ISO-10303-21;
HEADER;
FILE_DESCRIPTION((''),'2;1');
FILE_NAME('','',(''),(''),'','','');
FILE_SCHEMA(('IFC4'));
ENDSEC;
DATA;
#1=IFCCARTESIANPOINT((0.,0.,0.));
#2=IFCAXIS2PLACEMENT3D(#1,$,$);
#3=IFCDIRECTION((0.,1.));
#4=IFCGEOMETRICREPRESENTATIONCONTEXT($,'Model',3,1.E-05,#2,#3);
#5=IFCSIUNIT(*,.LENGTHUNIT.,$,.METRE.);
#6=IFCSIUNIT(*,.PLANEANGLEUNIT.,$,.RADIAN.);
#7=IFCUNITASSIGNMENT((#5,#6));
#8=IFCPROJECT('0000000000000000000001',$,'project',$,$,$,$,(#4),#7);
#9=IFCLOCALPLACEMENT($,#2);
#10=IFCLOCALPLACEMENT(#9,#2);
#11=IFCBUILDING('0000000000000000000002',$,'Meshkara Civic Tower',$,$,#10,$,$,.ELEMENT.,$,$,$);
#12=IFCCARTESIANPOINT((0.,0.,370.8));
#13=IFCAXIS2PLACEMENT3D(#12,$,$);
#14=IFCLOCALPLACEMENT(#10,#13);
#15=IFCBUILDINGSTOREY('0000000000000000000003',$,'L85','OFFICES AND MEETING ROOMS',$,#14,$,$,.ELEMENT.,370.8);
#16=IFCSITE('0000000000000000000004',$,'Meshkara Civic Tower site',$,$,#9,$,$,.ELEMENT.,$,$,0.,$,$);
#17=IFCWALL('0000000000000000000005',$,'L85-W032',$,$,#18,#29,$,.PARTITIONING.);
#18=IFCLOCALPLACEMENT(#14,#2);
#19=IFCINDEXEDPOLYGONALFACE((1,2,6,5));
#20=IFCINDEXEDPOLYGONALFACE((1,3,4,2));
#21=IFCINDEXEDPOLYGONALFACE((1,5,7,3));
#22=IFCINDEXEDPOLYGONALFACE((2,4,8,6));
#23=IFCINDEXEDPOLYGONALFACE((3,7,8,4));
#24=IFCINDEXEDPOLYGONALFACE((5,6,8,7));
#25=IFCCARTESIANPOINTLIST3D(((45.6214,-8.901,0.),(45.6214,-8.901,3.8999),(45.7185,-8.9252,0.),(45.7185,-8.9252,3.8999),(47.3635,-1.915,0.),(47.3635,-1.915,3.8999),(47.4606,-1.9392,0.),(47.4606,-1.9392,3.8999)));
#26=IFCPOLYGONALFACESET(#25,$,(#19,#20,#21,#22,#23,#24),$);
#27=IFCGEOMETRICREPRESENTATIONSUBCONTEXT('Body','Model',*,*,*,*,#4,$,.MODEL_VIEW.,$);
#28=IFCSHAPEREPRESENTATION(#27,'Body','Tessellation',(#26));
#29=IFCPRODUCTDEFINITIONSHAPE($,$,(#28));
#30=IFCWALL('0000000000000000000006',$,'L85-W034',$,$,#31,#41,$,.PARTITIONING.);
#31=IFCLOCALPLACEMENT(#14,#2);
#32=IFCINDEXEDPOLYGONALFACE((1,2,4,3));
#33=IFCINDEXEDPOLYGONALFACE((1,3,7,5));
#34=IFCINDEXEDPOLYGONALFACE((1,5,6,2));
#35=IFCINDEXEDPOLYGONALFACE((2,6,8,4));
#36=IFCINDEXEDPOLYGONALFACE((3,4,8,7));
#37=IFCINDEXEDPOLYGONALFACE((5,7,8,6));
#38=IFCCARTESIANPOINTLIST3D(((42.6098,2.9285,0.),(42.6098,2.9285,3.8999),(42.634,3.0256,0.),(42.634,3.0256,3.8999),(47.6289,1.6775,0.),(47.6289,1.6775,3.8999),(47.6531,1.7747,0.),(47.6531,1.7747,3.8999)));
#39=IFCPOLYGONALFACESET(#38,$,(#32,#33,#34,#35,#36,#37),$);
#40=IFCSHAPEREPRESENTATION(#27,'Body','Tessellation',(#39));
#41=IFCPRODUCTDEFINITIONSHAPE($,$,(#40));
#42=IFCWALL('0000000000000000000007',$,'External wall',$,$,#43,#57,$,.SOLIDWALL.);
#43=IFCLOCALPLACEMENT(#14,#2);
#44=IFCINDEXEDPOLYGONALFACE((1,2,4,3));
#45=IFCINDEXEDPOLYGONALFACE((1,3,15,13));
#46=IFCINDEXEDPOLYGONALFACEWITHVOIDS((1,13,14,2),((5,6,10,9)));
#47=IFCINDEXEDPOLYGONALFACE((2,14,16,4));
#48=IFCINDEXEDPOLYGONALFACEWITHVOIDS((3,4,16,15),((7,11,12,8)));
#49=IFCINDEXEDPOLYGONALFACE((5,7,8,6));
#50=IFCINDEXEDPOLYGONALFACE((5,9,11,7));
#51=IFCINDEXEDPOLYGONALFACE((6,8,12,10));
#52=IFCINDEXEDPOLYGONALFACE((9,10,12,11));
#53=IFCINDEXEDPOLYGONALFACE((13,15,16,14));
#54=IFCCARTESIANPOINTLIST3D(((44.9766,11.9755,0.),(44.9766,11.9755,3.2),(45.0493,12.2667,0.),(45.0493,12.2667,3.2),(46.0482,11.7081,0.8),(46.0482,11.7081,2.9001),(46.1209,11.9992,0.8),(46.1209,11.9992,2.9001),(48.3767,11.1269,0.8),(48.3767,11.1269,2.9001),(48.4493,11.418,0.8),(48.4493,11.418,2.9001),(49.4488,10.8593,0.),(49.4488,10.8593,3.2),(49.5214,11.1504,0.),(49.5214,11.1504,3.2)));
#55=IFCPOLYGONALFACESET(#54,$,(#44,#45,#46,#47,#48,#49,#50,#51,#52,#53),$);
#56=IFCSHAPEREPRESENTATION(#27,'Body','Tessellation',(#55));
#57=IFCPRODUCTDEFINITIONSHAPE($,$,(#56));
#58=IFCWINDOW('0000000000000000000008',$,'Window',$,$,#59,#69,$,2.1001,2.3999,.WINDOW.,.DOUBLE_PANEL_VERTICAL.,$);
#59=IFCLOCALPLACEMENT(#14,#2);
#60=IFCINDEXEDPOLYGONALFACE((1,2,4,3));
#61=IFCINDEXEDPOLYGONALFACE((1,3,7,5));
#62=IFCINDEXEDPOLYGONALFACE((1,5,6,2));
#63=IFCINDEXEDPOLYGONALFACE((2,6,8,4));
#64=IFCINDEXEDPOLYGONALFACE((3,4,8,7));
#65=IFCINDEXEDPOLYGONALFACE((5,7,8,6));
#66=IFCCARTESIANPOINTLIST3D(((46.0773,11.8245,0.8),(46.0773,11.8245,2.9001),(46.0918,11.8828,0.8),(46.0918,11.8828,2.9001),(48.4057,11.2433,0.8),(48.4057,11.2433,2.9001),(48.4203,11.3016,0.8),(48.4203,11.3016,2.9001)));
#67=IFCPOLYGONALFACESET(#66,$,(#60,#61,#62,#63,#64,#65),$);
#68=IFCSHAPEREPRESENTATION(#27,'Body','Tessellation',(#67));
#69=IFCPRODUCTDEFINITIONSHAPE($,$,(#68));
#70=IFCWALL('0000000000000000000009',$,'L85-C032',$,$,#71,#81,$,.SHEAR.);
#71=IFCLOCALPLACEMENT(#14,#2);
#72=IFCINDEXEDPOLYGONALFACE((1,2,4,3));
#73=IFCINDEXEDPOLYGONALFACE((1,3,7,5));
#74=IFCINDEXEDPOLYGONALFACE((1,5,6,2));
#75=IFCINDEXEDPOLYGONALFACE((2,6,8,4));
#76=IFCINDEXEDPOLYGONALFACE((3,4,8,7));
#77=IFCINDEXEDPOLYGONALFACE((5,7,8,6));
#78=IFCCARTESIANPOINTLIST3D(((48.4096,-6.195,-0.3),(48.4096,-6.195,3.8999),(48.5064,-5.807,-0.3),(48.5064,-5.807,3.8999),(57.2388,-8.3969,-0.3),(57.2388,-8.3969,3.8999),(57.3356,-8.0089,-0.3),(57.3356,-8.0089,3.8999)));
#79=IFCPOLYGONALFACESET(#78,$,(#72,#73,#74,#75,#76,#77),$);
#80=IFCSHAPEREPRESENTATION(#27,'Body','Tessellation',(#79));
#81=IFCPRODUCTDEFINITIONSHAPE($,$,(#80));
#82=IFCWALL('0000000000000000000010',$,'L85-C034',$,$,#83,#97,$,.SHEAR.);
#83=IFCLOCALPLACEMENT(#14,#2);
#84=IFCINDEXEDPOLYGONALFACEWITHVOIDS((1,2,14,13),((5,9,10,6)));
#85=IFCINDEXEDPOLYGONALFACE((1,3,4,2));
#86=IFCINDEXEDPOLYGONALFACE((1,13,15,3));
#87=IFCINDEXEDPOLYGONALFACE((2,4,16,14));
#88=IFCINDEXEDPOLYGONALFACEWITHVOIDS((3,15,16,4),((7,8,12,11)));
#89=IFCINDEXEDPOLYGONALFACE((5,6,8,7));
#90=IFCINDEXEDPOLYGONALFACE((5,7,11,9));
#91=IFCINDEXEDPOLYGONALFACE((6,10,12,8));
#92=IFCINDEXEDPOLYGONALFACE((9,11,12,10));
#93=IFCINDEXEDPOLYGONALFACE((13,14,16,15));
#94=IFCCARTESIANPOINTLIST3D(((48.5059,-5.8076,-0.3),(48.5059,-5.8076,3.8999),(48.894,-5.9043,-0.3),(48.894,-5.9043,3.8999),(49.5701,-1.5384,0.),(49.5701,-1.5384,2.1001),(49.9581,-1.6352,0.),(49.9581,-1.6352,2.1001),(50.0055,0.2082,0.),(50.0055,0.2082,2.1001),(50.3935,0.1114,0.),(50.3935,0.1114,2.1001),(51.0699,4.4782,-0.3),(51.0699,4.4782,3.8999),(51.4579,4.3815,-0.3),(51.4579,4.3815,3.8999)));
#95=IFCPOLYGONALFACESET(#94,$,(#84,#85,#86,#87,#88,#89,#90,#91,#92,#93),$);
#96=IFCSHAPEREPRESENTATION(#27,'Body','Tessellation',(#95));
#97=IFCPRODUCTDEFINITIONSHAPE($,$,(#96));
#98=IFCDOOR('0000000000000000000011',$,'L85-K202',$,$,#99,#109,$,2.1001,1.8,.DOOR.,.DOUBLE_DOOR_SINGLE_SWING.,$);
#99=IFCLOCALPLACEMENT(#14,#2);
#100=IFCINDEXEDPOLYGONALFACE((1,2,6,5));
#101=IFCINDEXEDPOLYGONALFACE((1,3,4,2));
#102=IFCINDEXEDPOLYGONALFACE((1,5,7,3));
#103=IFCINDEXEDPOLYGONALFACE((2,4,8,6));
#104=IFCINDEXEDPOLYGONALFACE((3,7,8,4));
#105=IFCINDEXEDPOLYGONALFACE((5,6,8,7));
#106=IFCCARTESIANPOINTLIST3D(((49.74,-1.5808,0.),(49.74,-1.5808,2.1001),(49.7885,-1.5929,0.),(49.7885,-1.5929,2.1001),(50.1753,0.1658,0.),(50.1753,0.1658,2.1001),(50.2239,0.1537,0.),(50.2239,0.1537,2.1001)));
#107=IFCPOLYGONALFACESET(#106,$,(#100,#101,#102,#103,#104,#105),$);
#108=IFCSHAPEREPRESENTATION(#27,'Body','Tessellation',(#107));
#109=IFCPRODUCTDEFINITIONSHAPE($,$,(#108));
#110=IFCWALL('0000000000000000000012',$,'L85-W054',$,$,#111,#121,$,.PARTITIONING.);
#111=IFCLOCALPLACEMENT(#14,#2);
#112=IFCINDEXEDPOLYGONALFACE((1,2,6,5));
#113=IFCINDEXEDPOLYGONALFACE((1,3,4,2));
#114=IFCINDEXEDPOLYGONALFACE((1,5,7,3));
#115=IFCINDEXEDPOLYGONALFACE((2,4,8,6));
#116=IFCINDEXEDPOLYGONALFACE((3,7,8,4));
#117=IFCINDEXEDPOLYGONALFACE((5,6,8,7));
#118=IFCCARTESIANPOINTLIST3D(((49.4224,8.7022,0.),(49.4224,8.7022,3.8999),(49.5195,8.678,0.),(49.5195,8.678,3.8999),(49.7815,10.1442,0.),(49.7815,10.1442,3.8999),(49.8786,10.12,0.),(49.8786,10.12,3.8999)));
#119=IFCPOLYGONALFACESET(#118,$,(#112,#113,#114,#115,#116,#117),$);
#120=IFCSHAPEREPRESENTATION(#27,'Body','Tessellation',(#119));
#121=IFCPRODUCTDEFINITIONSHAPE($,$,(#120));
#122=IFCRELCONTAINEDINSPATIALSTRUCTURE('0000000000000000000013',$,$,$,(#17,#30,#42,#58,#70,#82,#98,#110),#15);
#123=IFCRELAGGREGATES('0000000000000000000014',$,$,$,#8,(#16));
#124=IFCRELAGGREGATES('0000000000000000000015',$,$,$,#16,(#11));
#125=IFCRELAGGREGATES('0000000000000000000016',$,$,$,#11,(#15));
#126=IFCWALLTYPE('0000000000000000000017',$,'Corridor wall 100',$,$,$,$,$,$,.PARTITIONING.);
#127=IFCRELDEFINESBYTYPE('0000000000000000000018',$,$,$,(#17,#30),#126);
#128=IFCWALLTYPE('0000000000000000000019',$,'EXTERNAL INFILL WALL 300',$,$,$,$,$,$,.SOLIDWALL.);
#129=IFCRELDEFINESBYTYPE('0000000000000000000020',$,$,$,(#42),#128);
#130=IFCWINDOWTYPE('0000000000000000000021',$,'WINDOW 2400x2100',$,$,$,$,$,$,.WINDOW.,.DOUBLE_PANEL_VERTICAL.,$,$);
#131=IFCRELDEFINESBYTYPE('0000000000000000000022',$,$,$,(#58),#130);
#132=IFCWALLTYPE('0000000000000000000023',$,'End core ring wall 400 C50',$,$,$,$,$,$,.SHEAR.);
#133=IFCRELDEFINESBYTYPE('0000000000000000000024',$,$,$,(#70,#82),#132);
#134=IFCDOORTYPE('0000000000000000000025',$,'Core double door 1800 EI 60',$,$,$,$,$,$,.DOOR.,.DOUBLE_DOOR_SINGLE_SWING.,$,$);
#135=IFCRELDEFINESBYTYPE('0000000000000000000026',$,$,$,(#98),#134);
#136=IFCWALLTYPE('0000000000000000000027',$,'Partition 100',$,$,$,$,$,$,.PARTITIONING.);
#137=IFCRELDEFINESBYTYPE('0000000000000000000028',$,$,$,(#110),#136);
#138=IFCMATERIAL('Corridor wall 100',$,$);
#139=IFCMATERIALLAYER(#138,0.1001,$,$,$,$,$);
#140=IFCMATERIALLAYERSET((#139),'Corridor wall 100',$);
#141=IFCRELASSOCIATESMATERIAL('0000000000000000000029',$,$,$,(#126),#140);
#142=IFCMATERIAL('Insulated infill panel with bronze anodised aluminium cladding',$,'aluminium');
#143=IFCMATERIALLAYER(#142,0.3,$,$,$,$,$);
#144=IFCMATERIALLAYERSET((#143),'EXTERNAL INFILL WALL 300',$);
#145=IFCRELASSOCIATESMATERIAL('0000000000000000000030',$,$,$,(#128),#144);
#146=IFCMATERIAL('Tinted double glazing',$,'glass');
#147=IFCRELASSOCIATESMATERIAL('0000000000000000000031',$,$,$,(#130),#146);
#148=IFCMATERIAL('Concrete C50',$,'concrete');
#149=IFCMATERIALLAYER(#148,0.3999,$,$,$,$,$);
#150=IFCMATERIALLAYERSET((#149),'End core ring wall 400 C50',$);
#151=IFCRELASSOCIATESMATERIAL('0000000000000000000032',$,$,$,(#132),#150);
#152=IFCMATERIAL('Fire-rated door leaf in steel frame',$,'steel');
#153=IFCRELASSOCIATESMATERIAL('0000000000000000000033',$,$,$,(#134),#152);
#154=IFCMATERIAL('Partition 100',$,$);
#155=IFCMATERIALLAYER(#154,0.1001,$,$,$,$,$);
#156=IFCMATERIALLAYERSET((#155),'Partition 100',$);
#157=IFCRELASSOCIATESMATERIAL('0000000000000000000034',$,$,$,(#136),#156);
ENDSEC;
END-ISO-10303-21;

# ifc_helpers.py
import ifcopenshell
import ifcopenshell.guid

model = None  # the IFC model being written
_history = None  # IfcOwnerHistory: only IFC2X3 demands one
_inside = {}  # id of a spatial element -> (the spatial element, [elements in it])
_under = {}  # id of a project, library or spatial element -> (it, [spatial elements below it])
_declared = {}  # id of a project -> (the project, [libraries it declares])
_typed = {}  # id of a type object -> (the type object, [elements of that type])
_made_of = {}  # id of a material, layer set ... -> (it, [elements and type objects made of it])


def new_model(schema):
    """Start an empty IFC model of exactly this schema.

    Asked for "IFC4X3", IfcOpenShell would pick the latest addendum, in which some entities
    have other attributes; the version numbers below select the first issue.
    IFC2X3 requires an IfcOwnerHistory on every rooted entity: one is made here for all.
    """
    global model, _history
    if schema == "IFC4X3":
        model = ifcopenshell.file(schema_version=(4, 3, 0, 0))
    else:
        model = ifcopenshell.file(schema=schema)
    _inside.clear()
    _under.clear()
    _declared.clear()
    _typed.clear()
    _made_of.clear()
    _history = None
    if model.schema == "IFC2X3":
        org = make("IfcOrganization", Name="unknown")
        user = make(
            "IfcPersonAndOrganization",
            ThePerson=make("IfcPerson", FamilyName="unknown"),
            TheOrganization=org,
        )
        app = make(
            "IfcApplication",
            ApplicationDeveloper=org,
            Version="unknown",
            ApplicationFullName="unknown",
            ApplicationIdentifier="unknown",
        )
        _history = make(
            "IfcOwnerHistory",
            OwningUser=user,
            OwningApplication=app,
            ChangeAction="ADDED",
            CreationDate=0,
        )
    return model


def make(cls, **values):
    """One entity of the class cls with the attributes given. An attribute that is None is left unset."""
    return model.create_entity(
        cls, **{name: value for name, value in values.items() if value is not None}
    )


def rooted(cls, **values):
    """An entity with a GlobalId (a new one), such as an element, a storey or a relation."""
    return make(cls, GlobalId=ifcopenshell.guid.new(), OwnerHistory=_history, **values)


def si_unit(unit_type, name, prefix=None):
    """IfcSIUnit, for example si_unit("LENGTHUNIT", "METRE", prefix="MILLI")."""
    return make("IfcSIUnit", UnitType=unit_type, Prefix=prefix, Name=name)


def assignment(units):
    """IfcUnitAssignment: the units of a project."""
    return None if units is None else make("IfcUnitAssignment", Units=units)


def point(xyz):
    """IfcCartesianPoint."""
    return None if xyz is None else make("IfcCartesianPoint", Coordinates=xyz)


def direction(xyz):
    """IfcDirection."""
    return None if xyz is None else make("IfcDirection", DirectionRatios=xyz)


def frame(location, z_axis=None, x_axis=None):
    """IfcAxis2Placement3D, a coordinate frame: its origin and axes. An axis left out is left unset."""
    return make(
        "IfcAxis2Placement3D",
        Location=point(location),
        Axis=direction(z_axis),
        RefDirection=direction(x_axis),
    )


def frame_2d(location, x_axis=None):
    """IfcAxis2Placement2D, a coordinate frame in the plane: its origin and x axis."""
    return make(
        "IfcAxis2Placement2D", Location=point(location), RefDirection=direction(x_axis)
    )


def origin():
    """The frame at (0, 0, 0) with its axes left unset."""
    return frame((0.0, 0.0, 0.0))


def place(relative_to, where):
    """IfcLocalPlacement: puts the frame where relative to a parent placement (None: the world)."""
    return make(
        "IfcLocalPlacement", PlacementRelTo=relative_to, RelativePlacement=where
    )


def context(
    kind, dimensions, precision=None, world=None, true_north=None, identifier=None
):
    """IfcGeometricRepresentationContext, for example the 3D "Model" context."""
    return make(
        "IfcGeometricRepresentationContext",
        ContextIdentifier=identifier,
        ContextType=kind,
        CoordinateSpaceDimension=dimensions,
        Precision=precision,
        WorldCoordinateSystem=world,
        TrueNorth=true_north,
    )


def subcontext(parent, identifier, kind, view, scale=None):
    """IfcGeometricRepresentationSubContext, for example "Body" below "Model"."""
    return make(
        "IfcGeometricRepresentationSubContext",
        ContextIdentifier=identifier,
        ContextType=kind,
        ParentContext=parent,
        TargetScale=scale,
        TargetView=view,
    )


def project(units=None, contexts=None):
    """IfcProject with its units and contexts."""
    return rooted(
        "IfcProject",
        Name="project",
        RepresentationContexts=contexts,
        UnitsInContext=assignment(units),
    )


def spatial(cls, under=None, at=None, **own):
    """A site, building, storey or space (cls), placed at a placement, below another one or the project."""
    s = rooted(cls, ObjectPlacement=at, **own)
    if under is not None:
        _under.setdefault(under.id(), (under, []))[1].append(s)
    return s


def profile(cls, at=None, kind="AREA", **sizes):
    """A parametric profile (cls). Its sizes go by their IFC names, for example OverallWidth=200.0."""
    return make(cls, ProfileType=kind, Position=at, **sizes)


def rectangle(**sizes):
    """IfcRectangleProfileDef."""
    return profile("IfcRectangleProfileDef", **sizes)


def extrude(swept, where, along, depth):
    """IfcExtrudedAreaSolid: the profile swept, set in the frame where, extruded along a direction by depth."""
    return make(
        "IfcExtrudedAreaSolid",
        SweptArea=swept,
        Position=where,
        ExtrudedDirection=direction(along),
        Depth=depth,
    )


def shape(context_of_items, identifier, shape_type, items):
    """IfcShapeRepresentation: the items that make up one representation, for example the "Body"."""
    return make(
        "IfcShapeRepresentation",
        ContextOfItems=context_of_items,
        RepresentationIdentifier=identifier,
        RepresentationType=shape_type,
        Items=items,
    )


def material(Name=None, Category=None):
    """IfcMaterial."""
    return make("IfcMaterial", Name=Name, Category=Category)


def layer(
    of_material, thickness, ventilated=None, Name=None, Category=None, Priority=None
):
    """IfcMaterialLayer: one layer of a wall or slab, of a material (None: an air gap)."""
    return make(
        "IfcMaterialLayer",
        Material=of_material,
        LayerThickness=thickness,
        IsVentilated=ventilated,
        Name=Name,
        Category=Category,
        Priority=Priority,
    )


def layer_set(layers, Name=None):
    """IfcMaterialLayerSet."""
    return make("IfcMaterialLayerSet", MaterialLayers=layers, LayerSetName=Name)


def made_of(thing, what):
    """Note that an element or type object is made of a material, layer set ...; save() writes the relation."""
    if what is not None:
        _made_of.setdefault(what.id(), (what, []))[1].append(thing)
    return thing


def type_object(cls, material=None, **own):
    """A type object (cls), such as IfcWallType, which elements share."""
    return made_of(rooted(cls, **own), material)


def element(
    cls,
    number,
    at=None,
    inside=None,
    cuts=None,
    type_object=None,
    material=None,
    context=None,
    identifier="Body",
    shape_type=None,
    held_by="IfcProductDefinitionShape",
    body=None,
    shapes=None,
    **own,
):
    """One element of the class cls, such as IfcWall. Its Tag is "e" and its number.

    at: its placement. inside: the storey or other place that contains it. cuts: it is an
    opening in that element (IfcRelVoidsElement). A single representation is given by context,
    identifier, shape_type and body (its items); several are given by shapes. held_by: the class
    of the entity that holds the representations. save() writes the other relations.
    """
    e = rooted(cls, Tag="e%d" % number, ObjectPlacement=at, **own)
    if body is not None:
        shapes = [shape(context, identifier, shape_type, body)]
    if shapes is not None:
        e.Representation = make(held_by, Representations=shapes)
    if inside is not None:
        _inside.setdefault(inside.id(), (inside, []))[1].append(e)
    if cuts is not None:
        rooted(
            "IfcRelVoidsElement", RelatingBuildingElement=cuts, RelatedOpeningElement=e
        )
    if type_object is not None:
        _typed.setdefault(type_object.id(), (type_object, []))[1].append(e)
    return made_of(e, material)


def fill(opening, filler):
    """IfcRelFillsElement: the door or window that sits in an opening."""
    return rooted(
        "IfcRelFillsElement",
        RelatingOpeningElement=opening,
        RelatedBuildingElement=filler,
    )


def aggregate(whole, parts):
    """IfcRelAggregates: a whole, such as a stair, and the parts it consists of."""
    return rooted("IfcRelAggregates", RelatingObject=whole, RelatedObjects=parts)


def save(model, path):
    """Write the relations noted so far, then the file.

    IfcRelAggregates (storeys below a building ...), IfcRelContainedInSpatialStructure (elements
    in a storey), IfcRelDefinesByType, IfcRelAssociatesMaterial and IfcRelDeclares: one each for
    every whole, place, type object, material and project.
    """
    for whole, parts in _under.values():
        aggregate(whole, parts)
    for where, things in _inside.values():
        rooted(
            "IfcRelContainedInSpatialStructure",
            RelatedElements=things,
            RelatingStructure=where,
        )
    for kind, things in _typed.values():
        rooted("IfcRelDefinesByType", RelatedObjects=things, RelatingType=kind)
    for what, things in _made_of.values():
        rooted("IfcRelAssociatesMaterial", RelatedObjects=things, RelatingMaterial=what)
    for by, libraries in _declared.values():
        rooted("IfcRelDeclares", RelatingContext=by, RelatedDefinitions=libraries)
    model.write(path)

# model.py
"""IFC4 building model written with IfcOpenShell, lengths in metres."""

from ifc_helpers import new_model, si_unit, direction, frame, frame_2d, origin, place, context, subcontext, project, spatial, rectangle, extrude, material, layer, layer_set, type_object, element, fill, save


model = new_model("IFC4")

# Units and contexts
model_context = context("Model", 3, precision=1e-05, world=origin(), true_north=direction((0.0, 1.0)))
body_context = subcontext(model_context, "Body", "Model", "MODEL_VIEW")
ifc_project = project(units=[si_unit("LENGTHUNIT", "METRE"), si_unit("PLANEANGLEUNIT", "RADIAN")], contexts=[model_context])

# Site, building, storey
site_placement = place(None, origin())
site = spatial("IfcSite", under=ifc_project, at=site_placement, Name="Meshkara Civic Tower site", CompositionType="ELEMENT", RefElevation=0.0)
building_placement = place(site_placement, origin())
building = spatial("IfcBuilding", under=site, at=building_placement, Name="Meshkara Civic Tower", CompositionType="ELEMENT")
storey_placement = place(building_placement, frame((0.0, 0.0, 370.8)))
storey = spatial("IfcBuildingStorey", under=building, at=storey_placement, Name="L85", Description="OFFICES AND MEETING ROOMS", CompositionType="ELEMENT", Elevation=370.8)

# Shared definitions
ifc_material_1 = material(Name="Corridor wall 100")
ifc_layer_1 = layer(ifc_material_1, 0.1001)
ifc_layer_set_1 = layer_set([ifc_layer_1], Name="Corridor wall 100")
wall_type_1 = type_object("IfcWallType", Name="Corridor wall 100", PredefinedType="PARTITIONING", material=ifc_layer_set_1)

# Walls
wall_1_placement = place(storey_placement, frame((47.4121, -1.927, 0.0), z_axis=(0.0, 0.0, 1.0), x_axis=(-0.241969, -0.970284, 0.0)))
element("IfcWall", 1, at=wall_1_placement, inside=storey, type_object=wall_type_1, Name="L85-W032", PredefinedType="PARTITIONING", context=body_context, shape_type="SweptSolid", body=[
    extrude(rectangle(XDim=7.2, YDim=0.1001, at=frame_2d((3.6001, 0.0))), origin(), (0.0, 0.0, 1.0), 3.8999),
])
wall_2_placement = place(storey_placement, frame((47.6411, 1.7261, 0.0), z_axis=(0.0, 0.0, 1.0), x_axis=(-0.970314, 0.241847, 0.0)))
element("IfcWall", 2, at=wall_2_placement, inside=storey, type_object=wall_type_1, Name="L85-W034", PredefinedType="PARTITIONING", context=body_context, shape_type="SweptSolid", body=[
    extrude(rectangle(XDim=5.1726, YDim=0.1001, at=frame_2d((2.5864, 0.0))), origin(), (0.0, 0.0, 1.0), 3.8999),
])

# Wall, opening, window
ifc_material_2 = material(Name="Insulated infill panel with bronze anodised aluminium cladding", Category="aluminium")
ifc_layer_2 = layer(ifc_material_2, 0.3)
ifc_layer_set_2 = layer_set([ifc_layer_2], Name="EXTERNAL INFILL WALL 300")
wall_type_2 = type_object("IfcWallType", Name="EXTERNAL INFILL WALL 300", PredefinedType="SOLIDWALL", material=ifc_layer_set_2)
wall_3_placement = place(storey_placement, frame((49.4851, 11.0049, 0.0), z_axis=(0.0, 0.0, 1.0), x_axis=(-0.970236, 0.242162, 0.0)))
wall_3 = element("IfcWall", 3, at=wall_3_placement, inside=storey, type_object=wall_type_2, Name="External wall", PredefinedType="SOLIDWALL", context=body_context, shape_type="SweptSolid", body=[
    extrude(rectangle(XDim=4.6094, YDim=0.3, at=frame_2d((2.3047, 0.0))), origin(), (0.0, 0.0, 1.0), 3.2),
])
opening_1_placement = place(wall_3_placement, frame((1.105, 0.0, 0.8)))
opening_1 = element("IfcOpeningElement", 4, at=opening_1_placement, cuts=wall_3, PredefinedType="OPENING", context=body_context, shape_type="SweptSolid", body=[
    extrude(rectangle(XDim=2.3999, YDim=2.1001, at=frame_2d((1.2, 1.05))), frame((0.0, 0.1599, 0.0), z_axis=(0.0, -1.0, 0.0), x_axis=(1.0, 0.0, 0.0)), (0.0, 0.0, 1.0), 0.3201),
])
ifc_material_3 = material(Name="Tinted double glazing", Category="glass")
window_type = type_object("IfcWindowType", Name="WINDOW 2400x2100", PartitioningType="DOUBLE_PANEL_VERTICAL", PredefinedType="WINDOW", material=ifc_material_3)
window_placement = place(opening_1_placement, origin())
window = element("IfcWindow", 5, at=window_placement, inside=storey, type_object=window_type, Name="Window", OverallHeight=2.1001, OverallWidth=2.3999, PartitioningType="DOUBLE_PANEL_VERTICAL", PredefinedType="WINDOW", context=body_context, shape_type="SweptSolid", body=[
    extrude(rectangle(XDim=2.3999, YDim=2.1001, at=frame_2d((1.2, 1.05))), frame((0.0, 0.03, 0.0), z_axis=(0.0, -1.0, 0.0), x_axis=(1.0, 0.0, 0.0)), (0.0, 0.0, 1.0), 0.0601),
])
fill(opening_1, window)

# Wall
ifc_material_4 = material(Name="Concrete C50", Category="concrete")
ifc_layer_3 = layer(ifc_material_4, 0.3999)
ifc_layer_set_3 = layer_set([ifc_layer_3], Name="End core ring wall 400 C50")
wall_type_3 = type_object("IfcWallType", Name="End core ring wall 400 C50", PredefinedType="SHEAR", material=ifc_layer_set_3)
wall_4_placement = place(storey_placement, frame((48.458, -6.001, -0.3), z_axis=(0.0, 0.0, 1.0), x_axis=(0.970281, -0.24198, 0.0)))
element("IfcWall", 6, at=wall_4_placement, inside=storey, type_object=wall_type_3, Name="L85-C032", PredefinedType="SHEAR", context=body_context, shape_type="SweptSolid", body=[
    extrude(rectangle(XDim=9.0996, YDim=0.3999, at=frame_2d((4.5498, 0.0))), origin(), (0.0, 0.0, 1.0), 4.2),
])

# Wall, opening, door
wall_5_placement = place(storey_placement, frame((48.7, -5.856, -0.3), z_axis=(0.0, 0.0, 1.0), x_axis=(0.241869, 0.970309, 0.0)))
wall_5 = element("IfcWall", 7, at=wall_5_placement, inside=storey, type_object=wall_type_3, Name="L85-C034", PredefinedType="SHEAR", context=body_context, shape_type="SweptSolid", body=[
    extrude(rectangle(XDim=10.6006, YDim=0.3999, at=frame_2d((5.3003, 0.0))), origin(), (0.0, 0.0, 1.0), 4.2),
])
opening_2_placement = place(wall_5_placement, frame((4.3999, 0.0, 0.3)))
opening_2 = element("IfcOpeningElement", 8, at=opening_2_placement, cuts=wall_5, PredefinedType="OPENING", context=body_context, shape_type="SweptSolid", body=[
    extrude(rectangle(XDim=1.8, YDim=2.1001, at=frame_2d((0.8999, 1.05))), frame((0.0, 0.21, 0.0), z_axis=(0.0, -1.0, 0.0), x_axis=(1.0, 0.0, 0.0)), (0.0, 0.0, 1.0), 0.4199),
])
ifc_material_5 = material(Name="Fire-rated door leaf in steel frame", Category="steel")
door_type_1 = type_object("IfcDoorType", Name="Core double door 1800 EI 60", OperationType="DOUBLE_DOOR_SINGLE_SWING", PredefinedType="DOOR", material=ifc_material_5)
door_1_placement = place(opening_2_placement, origin())
door_1 = element("IfcDoor", 9, at=door_1_placement, inside=storey, type_object=door_type_1, Name="L85-K202", OperationType="DOUBLE_DOOR_SINGLE_SWING", OverallHeight=2.1001, OverallWidth=1.8, PredefinedType="DOOR", context=body_context, shape_type="SweptSolid", body=[
    extrude(rectangle(XDim=1.8, YDim=2.1001, at=frame_2d((0.8999, 1.05))), frame((0.0, 0.0249, 0.0), z_axis=(0.0, -1.0, 0.0), x_axis=(1.0, 0.0, 0.0)), (0.0, 0.0, 1.0), 0.05),
])
fill(opening_2, door_1)

# Wall
ifc_material_6 = material(Name="Partition 100")
ifc_layer_4 = layer(ifc_material_6, 0.1001)
ifc_layer_set_4 = layer_set([ifc_layer_4], Name="Partition 100")
wall_type_4 = type_object("IfcWallType", Name="Partition 100", PredefinedType="PARTITIONING", material=ifc_layer_set_4)
wall_6_placement = place(storey_placement, frame((49.4709, 8.6899, 0.0), z_axis=(0.0, 0.0, 1.0), x_axis=(0.241647, 0.970364, 0.0)))
element("IfcWall", 10, at=wall_6_placement, inside=storey, type_object=wall_type_4, Name="L85-W054", PredefinedType="PARTITIONING", context=body_context, shape_type="SweptSolid", body=[
    extrude(rectangle(XDim=1.4861, YDim=0.1001, at=frame_2d((0.7432, 0.0))), origin(), (0.0, 0.0, 1.0), 3.8999),
])

save(model, "model.ifc")
